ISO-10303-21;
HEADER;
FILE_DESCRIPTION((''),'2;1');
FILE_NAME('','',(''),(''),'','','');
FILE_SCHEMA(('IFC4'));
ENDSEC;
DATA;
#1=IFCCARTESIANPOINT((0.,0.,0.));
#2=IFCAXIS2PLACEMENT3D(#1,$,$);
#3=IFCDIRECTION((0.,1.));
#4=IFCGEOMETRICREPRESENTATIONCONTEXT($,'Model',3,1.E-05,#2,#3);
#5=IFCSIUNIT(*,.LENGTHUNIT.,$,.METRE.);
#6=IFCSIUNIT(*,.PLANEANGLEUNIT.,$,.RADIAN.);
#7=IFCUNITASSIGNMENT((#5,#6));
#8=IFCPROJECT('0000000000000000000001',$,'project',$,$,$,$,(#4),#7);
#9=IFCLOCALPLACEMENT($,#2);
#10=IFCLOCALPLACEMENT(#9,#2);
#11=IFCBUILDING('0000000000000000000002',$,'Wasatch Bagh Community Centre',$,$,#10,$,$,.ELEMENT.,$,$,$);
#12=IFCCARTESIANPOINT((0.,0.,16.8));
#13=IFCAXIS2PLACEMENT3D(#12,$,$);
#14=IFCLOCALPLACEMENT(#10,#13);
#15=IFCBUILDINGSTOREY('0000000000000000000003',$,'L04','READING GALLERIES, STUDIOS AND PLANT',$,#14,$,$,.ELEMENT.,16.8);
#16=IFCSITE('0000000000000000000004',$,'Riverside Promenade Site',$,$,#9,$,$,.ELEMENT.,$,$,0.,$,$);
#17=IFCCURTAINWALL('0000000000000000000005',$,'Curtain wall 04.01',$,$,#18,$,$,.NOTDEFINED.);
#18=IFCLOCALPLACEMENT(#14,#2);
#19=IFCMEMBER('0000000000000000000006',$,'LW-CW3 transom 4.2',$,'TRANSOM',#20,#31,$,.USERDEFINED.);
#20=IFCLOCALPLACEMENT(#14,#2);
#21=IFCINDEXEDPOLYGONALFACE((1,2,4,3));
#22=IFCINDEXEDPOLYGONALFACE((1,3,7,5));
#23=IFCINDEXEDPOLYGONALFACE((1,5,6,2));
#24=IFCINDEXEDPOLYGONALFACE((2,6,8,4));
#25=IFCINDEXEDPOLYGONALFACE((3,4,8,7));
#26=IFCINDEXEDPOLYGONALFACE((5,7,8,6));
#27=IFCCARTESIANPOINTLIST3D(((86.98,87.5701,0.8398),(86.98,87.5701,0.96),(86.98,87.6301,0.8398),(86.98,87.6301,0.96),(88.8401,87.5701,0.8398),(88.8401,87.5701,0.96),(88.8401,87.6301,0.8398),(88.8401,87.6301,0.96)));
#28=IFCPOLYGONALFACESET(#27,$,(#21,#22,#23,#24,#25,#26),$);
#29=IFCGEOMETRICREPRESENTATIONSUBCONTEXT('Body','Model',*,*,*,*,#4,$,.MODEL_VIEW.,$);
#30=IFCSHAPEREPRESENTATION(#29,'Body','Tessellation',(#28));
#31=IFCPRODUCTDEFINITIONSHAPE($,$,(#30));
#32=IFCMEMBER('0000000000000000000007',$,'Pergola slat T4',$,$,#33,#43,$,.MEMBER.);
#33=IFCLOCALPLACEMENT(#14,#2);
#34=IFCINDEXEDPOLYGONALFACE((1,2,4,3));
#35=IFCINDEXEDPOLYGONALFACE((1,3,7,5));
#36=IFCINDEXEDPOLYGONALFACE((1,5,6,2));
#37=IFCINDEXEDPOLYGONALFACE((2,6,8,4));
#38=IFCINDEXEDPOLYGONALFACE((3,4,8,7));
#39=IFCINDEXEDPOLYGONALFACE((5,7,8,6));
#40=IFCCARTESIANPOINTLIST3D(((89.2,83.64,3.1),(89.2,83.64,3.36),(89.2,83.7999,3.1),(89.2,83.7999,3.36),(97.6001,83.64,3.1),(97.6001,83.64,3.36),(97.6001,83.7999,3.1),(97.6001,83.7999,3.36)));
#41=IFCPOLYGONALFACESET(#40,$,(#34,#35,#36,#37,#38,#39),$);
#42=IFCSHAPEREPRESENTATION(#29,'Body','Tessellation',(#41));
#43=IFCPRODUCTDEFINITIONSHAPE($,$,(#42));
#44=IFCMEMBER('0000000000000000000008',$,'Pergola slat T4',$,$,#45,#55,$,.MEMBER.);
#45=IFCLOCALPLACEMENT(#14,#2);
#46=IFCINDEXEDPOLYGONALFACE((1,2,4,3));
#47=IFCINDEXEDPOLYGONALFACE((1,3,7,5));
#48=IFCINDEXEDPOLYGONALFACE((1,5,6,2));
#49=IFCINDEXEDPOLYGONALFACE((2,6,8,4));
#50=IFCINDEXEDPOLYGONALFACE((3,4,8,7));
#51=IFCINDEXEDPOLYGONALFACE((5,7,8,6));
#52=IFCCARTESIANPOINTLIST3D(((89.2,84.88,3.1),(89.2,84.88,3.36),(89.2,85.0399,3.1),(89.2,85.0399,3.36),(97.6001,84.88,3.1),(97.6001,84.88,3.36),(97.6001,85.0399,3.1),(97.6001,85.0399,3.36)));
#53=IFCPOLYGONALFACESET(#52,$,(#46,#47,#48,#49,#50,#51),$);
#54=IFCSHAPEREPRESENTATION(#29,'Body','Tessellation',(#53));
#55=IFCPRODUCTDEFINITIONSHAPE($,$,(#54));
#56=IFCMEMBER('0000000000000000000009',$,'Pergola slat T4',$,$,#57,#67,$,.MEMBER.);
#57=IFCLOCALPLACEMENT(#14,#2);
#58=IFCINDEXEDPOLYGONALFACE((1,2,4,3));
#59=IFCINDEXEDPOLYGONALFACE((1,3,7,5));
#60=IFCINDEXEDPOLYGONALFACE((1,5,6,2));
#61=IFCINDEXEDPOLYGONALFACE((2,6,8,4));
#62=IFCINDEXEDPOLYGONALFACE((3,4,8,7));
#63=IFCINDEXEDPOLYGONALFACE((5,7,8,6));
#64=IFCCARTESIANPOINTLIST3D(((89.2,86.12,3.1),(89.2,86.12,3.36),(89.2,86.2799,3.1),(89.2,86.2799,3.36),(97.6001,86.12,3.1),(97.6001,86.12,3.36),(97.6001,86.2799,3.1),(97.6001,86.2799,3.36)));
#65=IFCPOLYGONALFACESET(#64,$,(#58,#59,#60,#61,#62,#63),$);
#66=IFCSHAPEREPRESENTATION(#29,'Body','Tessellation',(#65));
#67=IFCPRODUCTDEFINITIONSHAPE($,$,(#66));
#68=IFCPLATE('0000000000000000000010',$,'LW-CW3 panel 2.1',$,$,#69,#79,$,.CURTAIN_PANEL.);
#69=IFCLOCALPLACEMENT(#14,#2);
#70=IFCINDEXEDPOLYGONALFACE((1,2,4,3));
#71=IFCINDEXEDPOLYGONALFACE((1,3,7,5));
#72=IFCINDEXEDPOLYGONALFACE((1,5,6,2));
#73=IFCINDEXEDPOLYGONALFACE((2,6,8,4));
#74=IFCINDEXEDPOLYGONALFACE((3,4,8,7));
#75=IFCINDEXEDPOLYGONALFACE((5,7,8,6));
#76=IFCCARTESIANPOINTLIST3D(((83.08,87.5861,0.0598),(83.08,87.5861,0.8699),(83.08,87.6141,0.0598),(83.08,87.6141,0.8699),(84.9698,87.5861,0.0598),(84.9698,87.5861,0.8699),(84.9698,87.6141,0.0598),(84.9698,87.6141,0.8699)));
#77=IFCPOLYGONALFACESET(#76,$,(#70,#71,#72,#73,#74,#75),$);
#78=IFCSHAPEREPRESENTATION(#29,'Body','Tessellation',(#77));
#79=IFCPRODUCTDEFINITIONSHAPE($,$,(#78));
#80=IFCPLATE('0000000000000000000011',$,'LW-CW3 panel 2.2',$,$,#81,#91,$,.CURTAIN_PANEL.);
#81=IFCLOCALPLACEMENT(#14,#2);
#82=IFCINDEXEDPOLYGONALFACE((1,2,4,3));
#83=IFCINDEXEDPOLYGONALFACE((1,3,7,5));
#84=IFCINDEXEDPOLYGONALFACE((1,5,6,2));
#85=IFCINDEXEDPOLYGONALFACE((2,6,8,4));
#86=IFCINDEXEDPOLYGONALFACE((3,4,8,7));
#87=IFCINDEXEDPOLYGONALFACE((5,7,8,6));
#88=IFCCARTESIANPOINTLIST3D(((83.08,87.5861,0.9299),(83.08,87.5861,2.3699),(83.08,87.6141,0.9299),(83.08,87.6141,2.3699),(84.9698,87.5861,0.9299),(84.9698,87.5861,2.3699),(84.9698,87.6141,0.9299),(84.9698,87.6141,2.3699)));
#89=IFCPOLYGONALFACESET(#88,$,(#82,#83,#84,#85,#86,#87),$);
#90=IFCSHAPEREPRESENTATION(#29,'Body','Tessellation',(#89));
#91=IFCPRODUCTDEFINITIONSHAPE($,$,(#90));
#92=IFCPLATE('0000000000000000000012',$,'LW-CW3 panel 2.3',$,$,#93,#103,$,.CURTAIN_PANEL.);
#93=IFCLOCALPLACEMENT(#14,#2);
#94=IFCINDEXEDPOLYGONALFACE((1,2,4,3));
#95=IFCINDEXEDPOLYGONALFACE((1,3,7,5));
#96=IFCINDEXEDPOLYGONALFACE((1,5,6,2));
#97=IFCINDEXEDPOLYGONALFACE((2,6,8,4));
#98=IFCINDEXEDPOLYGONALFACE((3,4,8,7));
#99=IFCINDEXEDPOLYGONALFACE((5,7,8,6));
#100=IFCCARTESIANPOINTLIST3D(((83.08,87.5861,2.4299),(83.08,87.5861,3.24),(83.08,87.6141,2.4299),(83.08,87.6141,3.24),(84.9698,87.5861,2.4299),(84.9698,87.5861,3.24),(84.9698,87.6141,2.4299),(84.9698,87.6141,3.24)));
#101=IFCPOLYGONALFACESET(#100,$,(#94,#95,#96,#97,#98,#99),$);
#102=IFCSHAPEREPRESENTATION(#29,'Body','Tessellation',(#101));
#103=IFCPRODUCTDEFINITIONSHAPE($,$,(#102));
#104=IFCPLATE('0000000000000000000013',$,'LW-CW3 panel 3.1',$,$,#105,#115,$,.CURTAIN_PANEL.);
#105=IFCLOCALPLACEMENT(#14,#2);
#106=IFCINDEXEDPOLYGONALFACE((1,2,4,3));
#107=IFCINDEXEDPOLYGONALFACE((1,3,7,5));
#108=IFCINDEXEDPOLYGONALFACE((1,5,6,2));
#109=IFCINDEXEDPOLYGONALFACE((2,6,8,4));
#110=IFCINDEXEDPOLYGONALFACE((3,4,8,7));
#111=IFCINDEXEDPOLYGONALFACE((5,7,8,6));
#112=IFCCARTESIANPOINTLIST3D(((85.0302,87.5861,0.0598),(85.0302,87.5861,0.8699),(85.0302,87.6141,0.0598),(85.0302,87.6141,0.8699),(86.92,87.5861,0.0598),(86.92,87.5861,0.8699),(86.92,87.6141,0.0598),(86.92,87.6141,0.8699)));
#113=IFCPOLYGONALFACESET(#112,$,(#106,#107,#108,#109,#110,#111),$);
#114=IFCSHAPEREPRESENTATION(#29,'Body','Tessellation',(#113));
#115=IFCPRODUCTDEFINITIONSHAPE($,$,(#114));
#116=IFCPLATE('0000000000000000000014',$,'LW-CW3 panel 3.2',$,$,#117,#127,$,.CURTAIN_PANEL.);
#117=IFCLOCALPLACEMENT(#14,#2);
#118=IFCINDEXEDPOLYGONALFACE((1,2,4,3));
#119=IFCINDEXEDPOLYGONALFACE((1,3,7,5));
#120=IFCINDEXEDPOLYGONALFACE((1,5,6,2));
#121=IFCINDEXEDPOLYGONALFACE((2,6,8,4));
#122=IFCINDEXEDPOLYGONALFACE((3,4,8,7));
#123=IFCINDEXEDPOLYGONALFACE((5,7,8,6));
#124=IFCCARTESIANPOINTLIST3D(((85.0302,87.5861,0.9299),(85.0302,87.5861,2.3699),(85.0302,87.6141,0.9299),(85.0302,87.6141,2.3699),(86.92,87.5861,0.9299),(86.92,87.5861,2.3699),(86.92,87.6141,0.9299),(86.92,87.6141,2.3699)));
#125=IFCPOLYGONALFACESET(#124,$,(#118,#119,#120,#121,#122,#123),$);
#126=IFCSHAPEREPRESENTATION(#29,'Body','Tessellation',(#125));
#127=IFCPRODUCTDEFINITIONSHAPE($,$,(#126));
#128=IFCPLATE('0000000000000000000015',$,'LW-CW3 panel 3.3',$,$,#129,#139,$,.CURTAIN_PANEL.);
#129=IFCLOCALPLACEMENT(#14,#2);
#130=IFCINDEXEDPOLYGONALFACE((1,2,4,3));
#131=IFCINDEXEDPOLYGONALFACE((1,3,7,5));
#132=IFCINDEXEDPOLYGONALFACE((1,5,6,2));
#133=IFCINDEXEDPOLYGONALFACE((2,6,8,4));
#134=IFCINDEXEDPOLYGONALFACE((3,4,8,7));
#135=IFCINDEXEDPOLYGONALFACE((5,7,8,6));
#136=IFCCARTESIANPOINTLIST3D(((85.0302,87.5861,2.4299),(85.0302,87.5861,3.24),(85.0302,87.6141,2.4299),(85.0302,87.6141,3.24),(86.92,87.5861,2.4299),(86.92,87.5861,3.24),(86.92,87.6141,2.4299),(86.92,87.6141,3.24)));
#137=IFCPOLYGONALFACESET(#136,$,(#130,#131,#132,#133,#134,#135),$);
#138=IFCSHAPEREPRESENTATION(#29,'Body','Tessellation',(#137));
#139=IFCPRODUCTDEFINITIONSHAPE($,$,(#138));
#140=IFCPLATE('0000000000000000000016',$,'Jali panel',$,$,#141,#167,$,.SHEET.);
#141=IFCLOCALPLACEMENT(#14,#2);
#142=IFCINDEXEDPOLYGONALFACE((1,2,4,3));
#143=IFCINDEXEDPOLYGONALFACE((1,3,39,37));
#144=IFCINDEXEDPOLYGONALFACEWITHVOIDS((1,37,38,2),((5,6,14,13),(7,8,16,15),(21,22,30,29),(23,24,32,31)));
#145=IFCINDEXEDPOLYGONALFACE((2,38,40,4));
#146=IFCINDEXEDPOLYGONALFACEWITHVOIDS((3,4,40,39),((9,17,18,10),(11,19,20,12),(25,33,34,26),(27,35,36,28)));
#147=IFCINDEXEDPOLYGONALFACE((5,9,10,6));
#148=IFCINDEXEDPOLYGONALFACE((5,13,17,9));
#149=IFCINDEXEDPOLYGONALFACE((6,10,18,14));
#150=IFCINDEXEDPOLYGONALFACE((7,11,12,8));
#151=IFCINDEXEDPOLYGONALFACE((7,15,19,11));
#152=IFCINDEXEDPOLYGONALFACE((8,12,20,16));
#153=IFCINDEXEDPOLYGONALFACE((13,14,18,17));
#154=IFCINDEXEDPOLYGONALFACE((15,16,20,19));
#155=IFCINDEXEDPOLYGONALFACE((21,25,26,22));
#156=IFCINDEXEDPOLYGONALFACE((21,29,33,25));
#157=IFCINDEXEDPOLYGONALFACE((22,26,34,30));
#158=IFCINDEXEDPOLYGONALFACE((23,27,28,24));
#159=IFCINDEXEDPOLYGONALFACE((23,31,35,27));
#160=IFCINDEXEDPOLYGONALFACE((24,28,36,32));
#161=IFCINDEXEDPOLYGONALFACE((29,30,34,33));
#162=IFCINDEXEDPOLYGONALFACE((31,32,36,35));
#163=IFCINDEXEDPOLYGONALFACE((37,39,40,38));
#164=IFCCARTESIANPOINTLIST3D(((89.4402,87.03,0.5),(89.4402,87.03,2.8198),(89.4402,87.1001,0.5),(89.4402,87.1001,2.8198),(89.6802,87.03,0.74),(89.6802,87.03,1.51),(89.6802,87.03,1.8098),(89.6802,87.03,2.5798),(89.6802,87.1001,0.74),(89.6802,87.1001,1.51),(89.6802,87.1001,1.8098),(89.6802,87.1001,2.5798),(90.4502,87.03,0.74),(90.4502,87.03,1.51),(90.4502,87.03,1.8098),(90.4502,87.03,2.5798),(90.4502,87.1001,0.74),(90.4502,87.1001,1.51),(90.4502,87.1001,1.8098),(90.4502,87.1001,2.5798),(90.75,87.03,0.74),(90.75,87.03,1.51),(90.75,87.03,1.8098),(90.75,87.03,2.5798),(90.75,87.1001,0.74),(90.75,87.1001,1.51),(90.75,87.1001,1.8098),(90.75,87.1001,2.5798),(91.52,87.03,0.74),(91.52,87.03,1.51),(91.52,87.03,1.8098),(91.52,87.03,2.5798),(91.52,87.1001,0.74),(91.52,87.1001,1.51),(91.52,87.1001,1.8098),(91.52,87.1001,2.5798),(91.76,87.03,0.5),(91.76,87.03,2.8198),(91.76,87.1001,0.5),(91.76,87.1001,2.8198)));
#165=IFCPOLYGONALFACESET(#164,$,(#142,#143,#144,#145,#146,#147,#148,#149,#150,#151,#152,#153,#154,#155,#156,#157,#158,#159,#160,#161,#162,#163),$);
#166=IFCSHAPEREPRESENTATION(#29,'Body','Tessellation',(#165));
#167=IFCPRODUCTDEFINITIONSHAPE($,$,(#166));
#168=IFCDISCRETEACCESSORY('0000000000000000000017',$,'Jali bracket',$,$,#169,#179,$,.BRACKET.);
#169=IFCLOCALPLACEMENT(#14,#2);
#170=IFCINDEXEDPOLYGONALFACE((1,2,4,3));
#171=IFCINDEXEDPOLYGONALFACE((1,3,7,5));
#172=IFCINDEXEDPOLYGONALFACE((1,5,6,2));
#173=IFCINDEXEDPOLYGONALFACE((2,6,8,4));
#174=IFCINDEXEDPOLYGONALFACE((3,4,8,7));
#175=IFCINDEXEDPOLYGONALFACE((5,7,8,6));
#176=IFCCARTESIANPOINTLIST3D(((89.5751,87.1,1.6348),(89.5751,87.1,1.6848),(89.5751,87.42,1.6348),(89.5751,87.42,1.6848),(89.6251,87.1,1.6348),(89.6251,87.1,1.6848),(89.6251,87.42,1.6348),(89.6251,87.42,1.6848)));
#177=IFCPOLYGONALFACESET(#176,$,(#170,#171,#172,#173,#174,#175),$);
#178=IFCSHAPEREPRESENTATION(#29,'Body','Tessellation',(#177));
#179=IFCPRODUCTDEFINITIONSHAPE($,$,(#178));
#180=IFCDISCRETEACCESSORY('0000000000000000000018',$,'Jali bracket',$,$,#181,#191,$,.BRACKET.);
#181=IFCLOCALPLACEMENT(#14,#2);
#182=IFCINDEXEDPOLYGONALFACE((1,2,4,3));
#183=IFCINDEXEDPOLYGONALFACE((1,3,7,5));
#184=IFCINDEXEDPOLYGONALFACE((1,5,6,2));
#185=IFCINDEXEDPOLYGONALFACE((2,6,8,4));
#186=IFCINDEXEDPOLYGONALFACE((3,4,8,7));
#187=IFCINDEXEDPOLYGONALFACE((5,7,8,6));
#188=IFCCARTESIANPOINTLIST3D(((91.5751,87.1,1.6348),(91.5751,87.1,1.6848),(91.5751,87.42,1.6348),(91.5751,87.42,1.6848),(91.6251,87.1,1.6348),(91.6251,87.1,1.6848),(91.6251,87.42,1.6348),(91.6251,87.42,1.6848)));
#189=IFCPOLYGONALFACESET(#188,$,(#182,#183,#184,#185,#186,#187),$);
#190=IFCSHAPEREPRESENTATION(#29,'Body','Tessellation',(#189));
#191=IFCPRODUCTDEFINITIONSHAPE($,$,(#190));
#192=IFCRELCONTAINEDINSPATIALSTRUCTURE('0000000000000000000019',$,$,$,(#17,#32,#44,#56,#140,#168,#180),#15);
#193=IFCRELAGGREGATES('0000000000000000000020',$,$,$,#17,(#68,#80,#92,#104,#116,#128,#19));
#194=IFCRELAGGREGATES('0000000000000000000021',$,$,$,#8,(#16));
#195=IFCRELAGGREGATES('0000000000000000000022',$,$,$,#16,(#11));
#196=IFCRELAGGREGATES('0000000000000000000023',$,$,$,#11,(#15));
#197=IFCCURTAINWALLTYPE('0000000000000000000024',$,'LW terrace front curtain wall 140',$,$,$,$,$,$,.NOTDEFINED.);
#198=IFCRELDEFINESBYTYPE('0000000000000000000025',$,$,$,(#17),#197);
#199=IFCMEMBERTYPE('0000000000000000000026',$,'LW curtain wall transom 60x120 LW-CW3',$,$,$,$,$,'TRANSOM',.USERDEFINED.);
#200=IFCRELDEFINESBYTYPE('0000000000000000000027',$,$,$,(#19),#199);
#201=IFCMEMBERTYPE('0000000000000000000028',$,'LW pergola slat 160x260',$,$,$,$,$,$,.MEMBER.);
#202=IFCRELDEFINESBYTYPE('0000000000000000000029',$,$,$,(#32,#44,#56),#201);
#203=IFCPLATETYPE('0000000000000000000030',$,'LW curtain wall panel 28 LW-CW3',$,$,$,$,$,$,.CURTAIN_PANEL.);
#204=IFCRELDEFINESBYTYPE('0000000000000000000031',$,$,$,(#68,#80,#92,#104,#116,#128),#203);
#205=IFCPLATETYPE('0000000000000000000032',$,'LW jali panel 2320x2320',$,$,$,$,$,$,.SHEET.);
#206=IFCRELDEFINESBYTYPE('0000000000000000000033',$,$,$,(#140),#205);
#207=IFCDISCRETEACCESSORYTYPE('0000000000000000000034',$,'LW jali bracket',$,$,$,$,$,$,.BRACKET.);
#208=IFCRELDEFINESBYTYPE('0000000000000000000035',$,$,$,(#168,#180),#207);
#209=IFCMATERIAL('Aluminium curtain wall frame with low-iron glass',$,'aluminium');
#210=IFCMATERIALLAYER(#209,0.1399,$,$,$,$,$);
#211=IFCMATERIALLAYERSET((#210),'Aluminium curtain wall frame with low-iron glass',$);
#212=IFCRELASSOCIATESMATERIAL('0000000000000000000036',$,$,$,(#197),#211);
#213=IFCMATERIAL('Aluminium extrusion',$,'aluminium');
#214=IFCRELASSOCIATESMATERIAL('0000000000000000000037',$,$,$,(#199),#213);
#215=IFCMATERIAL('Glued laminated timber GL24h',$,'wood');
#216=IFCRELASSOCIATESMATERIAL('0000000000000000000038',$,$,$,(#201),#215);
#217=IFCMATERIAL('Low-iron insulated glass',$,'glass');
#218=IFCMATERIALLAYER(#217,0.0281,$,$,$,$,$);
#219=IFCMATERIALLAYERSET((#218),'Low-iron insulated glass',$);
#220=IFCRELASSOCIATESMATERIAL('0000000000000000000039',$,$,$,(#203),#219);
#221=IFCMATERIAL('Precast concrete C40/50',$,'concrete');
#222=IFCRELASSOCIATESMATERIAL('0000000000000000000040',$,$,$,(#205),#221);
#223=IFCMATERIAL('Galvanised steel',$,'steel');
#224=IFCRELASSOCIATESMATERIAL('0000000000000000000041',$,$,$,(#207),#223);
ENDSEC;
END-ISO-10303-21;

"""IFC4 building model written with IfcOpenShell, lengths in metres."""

from ifc_helpers import new_model, si_unit, direction, frame, origin, origin_2d, place, context, subcontext, project, spatial, polyline, rectangle, outline, extrude, material, layer, layer_set, material_profile, profile_set, type_object, element, aggregate, save


model = new_model("IFC4")

# Units and contexts
model_context = context("Model", 3, precision=1e-05, world=origin(), true_north=direction((0.0, 1.0)))
body_context = subcontext(model_context, "Body", "Model", "MODEL_VIEW")
ifc_project = project(units=[si_unit("LENGTHUNIT", "METRE"), si_unit("PLANEANGLEUNIT", "RADIAN")], contexts=[model_context])

# Site, building, storey
site_placement = place(None, origin())
site = spatial("IfcSite", under=ifc_project, at=site_placement, Name="Riverside Promenade Site", CompositionType="ELEMENT", RefElevation=0.0)
building_placement = place(site_placement, origin())
building = spatial("IfcBuilding", under=site, at=building_placement, Name="Wasatch Bagh Community Centre", CompositionType="ELEMENT")
storey_placement = place(building_placement, frame((0.0, 0.0, 16.8)))
storey = spatial("IfcBuildingStorey", under=building, at=storey_placement, Name="L04", Description="READING GALLERIES, STUDIOS AND PLANT", CompositionType="ELEMENT", Elevation=16.8)

# Curtain wall, member
ifc_material_1 = material(Name="Aluminium curtain wall frame with low-iron glass", Category="aluminium")
ifc_layer_1 = layer(ifc_material_1, 0.1399)
ifc_layer_set_1 = layer_set([ifc_layer_1], Name="Aluminium curtain wall frame with low-iron glass")
curtain_wall_type = type_object("IfcCurtainWallType", Name="LW terrace front curtain wall 140", PredefinedType="NOTDEFINED", material=ifc_layer_set_1)
curtain_wall_placement = place(storey_placement, origin())
curtain_wall = element("IfcCurtainWall", 1, at=curtain_wall_placement, inside=storey, type_object=curtain_wall_type, Name="Curtain wall 04.01", PredefinedType="NOTDEFINED")
ifc_material_2 = material(Name="Aluminium extrusion", Category="aluminium")
ifc_material_profile_1 = material_profile(ifc_material_2, rectangle(XDim=0.0601, YDim=0.1201, at=origin_2d()), Name="AL 60x120")
ifc_profile_set_1 = profile_set([ifc_material_profile_1], Name="Aluminium extrusion")
member_type_1 = type_object("IfcMemberType", Name="LW curtain wall transom 60x120 LW-CW3", ElementType="TRANSOM", PredefinedType="USERDEFINED", material=ifc_profile_set_1)
member_1_placement = place(storey_placement, frame((86.98, 87.6001, 0.8999), z_axis=(1.0, 0.0, 0.0), x_axis=(0.0, 1.0, 0.0)))
member_1 = element("IfcMember", 2, at=member_1_placement, type_object=member_type_1, Name="LW-CW3 transom 4.2", ObjectType="TRANSOM", PredefinedType="USERDEFINED", context=body_context, shape_type="SweptSolid", body=[
    extrude(rectangle(XDim=0.0601, YDim=0.1201, at=origin_2d()), origin(), (0.0, 0.0, 1.0), 1.8601),
])

# Members
ifc_material_3 = material(Name="Glued laminated timber GL24h", Category="wood")
ifc_material_profile_2 = material_profile(ifc_material_3, rectangle(XDim=0.1599, YDim=0.26, at=origin_2d()), Name="GL 160x260")
ifc_profile_set_2 = profile_set([ifc_material_profile_2], Name="Glued laminated timber GL24h")
member_type_2 = type_object("IfcMemberType", Name="LW pergola slat 160x260", PredefinedType="MEMBER", material=ifc_profile_set_2)
for number, where, z_axis, x_axis, name in (
    (3, (89.2, 83.72, 3.23), (1.0, 0.0, 0.0), (0.0, 1.0, 0.0), "Pergola slat T4"),
    (4, (89.2, 84.96, 3.23), (1.0, 0.0, 0.0), (0.0, 1.0, 0.0), "Pergola slat T4"),
    (5, (89.2, 86.2, 3.23), (1.0, 0.0, 0.0), (0.0, 1.0, 0.0), "Pergola slat T4"),
):
    element("IfcMember", number, at=place(storey_placement, frame(where, z_axis=z_axis, x_axis=x_axis)), inside=storey, type_object=member_type_2, Name=name, PredefinedType="MEMBER", context=body_context, shape_type="SweptSolid", body=[
        extrude(rectangle(XDim=0.1599, YDim=0.26, at=origin_2d()), origin(), (0.0, 0.0, 1.0), 8.4001),
    ])

# Plates
ifc_material_4 = material(Name="Low-iron insulated glass", Category="glass")
ifc_layer_2 = layer(ifc_material_4, 0.0281)
ifc_layer_set_2 = layer_set([ifc_layer_2], Name="Low-iron insulated glass")
plate_type_1 = type_object("IfcPlateType", Name="LW curtain wall panel 28 LW-CW3", PredefinedType="CURTAIN_PANEL", material=ifc_layer_set_2)
plate_1_placement = place(storey_placement, frame((84.0249, 87.6001, 0.0598), z_axis=(0.0, 0.0, 1.0), x_axis=(1.0, 0.0, 0.0)))
plate_1 = element("IfcPlate", 6, at=plate_1_placement, type_object=plate_type_1, Name="LW-CW3 panel 2.1", PredefinedType="CURTAIN_PANEL", context=body_context, shape_type="SweptSolid", body=[
    extrude(rectangle(XDim=1.8899, YDim=0.0281, at=origin_2d()), origin(), (0.0, 0.0, 1.0), 0.8101),
])
plate_2_placement = place(storey_placement, frame((84.0249, 87.6001, 0.9299), z_axis=(0.0, 0.0, 1.0), x_axis=(1.0, 0.0, 0.0)))
plate_2 = element("IfcPlate", 7, at=plate_2_placement, type_object=plate_type_1, Name="LW-CW3 panel 2.2", PredefinedType="CURTAIN_PANEL", context=body_context, shape_type="SweptSolid", body=[
    extrude(rectangle(XDim=1.8899, YDim=0.0281, at=origin_2d()), origin(), (0.0, 0.0, 1.0), 1.4399),
])
plate_3_placement = place(storey_placement, frame((84.0249, 87.6001, 2.4299), z_axis=(0.0, 0.0, 1.0), x_axis=(1.0, 0.0, 0.0)))
plate_3 = element("IfcPlate", 8, at=plate_3_placement, type_object=plate_type_1, Name="LW-CW3 panel 2.3", PredefinedType="CURTAIN_PANEL", context=body_context, shape_type="SweptSolid", body=[
    extrude(rectangle(XDim=1.8899, YDim=0.0281, at=origin_2d()), origin(), (0.0, 0.0, 1.0), 0.8101),
])
plate_4_placement = place(storey_placement, frame((85.9751, 87.6001, 0.0598), z_axis=(0.0, 0.0, 1.0), x_axis=(1.0, 0.0, 0.0)))
plate_4 = element("IfcPlate", 9, at=plate_4_placement, type_object=plate_type_1, Name="LW-CW3 panel 3.1", PredefinedType="CURTAIN_PANEL", context=body_context, shape_type="SweptSolid", body=[
    extrude(rectangle(XDim=1.8899, YDim=0.0281, at=origin_2d()), origin(), (0.0, 0.0, 1.0), 0.8101),
])
plate_5_placement = place(storey_placement, frame((85.9751, 87.6001, 0.9299), z_axis=(0.0, 0.0, 1.0), x_axis=(1.0, 0.0, 0.0)))
plate_5 = element("IfcPlate", 10, at=plate_5_placement, type_object=plate_type_1, Name="LW-CW3 panel 3.2", PredefinedType="CURTAIN_PANEL", context=body_context, shape_type="SweptSolid", body=[
    extrude(rectangle(XDim=1.8899, YDim=0.0281, at=origin_2d()), origin(), (0.0, 0.0, 1.0), 1.4399),
])
plate_6_placement = place(storey_placement, frame((85.9751, 87.6001, 2.4299), z_axis=(0.0, 0.0, 1.0), x_axis=(1.0, 0.0, 0.0)))
plate_6 = element("IfcPlate", 11, at=plate_6_placement, type_object=plate_type_1, Name="LW-CW3 panel 3.3", PredefinedType="CURTAIN_PANEL", context=body_context, shape_type="SweptSolid", body=[
    extrude(rectangle(XDim=1.8899, YDim=0.0281, at=origin_2d()), origin(), (0.0, 0.0, 1.0), 0.8101),
])
aggregate(curtain_wall, [plate_1, plate_2, plate_3, plate_4, plate_5, plate_6, member_1])
ifc_material_5 = material(Name="Precast concrete C40/50", Category="concrete")
ifc_material_profile_3 = material_profile(ifc_material_5, outline(polyline([(-1.1599, -1.1599), (1.1599, -1.1599), (1.1599, 1.1599), (-1.1599, 1.1599), (-1.1599, -1.1599)]), holes=[polyline([(-0.9199, -0.9199), (-0.1499, -0.9199), (-0.1499, -0.1499), (-0.9199, -0.1499), (-0.9199, -0.9199)]), polyline([(-0.9199, 0.1499), (-0.1499, 0.1499), (-0.1499, 0.9199), (-0.9199, 0.9199), (-0.9199, 0.1499)]), polyline([(0.1499, -0.9199), (0.9199, -0.9199), (0.9199, -0.1499), (0.1499, -0.1499), (0.1499, -0.9199)]), polyline([(0.1499, 0.1499), (0.9199, 0.1499), (0.9199, 0.9199), (0.1499, 0.9199), (0.1499, 0.1499)])]), Name="Jali lattice")
ifc_profile_set_3 = profile_set([ifc_material_profile_3], Name="Precast concrete C40/50")
plate_type_2 = type_object("IfcPlateType", Name="LW jali panel 2320x2320", PredefinedType="SHEET", material=ifc_profile_set_3)
plate_7_placement = place(storey_placement, frame((90.6001, 87.1001, 1.6599), z_axis=(0.0, -1.0, 0.0), x_axis=(1.0, 0.0, 0.0)))
element("IfcPlate", 12, at=plate_7_placement, inside=storey, type_object=plate_type_2, Name="Jali panel", PredefinedType="SHEET", context=body_context, shape_type="SweptSolid", body=[
    extrude(outline(polyline([(-1.1599, -1.1599), (1.1599, -1.1599), (1.1599, 1.1599), (-1.1599, 1.1599), (-1.1599, -1.1599)]), holes=[polyline([(-0.9199, -0.9199), (-0.1499, -0.9199), (-0.1499, -0.1499), (-0.9199, -0.1499), (-0.9199, -0.9199)]), polyline([(-0.9199, 0.1499), (-0.1499, 0.1499), (-0.1499, 0.9199), (-0.9199, 0.9199), (-0.9199, 0.1499)]), polyline([(0.1499, -0.9199), (0.9199, -0.9199), (0.9199, -0.1499), (0.1499, -0.1499), (0.1499, -0.9199)]), polyline([(0.1499, 0.1499), (0.9199, 0.1499), (0.9199, 0.9199), (0.1499, 0.9199), (0.1499, 0.1499)])]), origin(), (0.0, 0.0, 1.0), 0.0701),
])

# Discrete accessories
ifc_material_6 = material(Name="Galvanised steel", Category="steel")
discrete_accessory_type = type_object("IfcDiscreteAccessoryType", Name="LW jali bracket", PredefinedType="BRACKET", material=ifc_material_6)
for number, where, z_axis, x_axis, name in (
    (13, (89.6001, 87.26, 1.6348), (0.0, 0.0, 1.0), (1.0, 0.0, 0.0), "Jali bracket"),
    (14, (91.6001, 87.26, 1.6348), (0.0, 0.0, 1.0), (1.0, 0.0, 0.0), "Jali bracket"),
):
    element("IfcDiscreteAccessory", number, at=place(storey_placement, frame(where, z_axis=z_axis, x_axis=x_axis)), inside=storey, type_object=discrete_accessory_type, Name=name, PredefinedType="BRACKET", context=body_context, shape_type="SweptSolid", body=[
        extrude(rectangle(XDim=0.05, YDim=0.3201, at=origin_2d()), origin(), (0.0, 0.0, 1.0), 0.05),
    ])

save(model, "model.ifc")
